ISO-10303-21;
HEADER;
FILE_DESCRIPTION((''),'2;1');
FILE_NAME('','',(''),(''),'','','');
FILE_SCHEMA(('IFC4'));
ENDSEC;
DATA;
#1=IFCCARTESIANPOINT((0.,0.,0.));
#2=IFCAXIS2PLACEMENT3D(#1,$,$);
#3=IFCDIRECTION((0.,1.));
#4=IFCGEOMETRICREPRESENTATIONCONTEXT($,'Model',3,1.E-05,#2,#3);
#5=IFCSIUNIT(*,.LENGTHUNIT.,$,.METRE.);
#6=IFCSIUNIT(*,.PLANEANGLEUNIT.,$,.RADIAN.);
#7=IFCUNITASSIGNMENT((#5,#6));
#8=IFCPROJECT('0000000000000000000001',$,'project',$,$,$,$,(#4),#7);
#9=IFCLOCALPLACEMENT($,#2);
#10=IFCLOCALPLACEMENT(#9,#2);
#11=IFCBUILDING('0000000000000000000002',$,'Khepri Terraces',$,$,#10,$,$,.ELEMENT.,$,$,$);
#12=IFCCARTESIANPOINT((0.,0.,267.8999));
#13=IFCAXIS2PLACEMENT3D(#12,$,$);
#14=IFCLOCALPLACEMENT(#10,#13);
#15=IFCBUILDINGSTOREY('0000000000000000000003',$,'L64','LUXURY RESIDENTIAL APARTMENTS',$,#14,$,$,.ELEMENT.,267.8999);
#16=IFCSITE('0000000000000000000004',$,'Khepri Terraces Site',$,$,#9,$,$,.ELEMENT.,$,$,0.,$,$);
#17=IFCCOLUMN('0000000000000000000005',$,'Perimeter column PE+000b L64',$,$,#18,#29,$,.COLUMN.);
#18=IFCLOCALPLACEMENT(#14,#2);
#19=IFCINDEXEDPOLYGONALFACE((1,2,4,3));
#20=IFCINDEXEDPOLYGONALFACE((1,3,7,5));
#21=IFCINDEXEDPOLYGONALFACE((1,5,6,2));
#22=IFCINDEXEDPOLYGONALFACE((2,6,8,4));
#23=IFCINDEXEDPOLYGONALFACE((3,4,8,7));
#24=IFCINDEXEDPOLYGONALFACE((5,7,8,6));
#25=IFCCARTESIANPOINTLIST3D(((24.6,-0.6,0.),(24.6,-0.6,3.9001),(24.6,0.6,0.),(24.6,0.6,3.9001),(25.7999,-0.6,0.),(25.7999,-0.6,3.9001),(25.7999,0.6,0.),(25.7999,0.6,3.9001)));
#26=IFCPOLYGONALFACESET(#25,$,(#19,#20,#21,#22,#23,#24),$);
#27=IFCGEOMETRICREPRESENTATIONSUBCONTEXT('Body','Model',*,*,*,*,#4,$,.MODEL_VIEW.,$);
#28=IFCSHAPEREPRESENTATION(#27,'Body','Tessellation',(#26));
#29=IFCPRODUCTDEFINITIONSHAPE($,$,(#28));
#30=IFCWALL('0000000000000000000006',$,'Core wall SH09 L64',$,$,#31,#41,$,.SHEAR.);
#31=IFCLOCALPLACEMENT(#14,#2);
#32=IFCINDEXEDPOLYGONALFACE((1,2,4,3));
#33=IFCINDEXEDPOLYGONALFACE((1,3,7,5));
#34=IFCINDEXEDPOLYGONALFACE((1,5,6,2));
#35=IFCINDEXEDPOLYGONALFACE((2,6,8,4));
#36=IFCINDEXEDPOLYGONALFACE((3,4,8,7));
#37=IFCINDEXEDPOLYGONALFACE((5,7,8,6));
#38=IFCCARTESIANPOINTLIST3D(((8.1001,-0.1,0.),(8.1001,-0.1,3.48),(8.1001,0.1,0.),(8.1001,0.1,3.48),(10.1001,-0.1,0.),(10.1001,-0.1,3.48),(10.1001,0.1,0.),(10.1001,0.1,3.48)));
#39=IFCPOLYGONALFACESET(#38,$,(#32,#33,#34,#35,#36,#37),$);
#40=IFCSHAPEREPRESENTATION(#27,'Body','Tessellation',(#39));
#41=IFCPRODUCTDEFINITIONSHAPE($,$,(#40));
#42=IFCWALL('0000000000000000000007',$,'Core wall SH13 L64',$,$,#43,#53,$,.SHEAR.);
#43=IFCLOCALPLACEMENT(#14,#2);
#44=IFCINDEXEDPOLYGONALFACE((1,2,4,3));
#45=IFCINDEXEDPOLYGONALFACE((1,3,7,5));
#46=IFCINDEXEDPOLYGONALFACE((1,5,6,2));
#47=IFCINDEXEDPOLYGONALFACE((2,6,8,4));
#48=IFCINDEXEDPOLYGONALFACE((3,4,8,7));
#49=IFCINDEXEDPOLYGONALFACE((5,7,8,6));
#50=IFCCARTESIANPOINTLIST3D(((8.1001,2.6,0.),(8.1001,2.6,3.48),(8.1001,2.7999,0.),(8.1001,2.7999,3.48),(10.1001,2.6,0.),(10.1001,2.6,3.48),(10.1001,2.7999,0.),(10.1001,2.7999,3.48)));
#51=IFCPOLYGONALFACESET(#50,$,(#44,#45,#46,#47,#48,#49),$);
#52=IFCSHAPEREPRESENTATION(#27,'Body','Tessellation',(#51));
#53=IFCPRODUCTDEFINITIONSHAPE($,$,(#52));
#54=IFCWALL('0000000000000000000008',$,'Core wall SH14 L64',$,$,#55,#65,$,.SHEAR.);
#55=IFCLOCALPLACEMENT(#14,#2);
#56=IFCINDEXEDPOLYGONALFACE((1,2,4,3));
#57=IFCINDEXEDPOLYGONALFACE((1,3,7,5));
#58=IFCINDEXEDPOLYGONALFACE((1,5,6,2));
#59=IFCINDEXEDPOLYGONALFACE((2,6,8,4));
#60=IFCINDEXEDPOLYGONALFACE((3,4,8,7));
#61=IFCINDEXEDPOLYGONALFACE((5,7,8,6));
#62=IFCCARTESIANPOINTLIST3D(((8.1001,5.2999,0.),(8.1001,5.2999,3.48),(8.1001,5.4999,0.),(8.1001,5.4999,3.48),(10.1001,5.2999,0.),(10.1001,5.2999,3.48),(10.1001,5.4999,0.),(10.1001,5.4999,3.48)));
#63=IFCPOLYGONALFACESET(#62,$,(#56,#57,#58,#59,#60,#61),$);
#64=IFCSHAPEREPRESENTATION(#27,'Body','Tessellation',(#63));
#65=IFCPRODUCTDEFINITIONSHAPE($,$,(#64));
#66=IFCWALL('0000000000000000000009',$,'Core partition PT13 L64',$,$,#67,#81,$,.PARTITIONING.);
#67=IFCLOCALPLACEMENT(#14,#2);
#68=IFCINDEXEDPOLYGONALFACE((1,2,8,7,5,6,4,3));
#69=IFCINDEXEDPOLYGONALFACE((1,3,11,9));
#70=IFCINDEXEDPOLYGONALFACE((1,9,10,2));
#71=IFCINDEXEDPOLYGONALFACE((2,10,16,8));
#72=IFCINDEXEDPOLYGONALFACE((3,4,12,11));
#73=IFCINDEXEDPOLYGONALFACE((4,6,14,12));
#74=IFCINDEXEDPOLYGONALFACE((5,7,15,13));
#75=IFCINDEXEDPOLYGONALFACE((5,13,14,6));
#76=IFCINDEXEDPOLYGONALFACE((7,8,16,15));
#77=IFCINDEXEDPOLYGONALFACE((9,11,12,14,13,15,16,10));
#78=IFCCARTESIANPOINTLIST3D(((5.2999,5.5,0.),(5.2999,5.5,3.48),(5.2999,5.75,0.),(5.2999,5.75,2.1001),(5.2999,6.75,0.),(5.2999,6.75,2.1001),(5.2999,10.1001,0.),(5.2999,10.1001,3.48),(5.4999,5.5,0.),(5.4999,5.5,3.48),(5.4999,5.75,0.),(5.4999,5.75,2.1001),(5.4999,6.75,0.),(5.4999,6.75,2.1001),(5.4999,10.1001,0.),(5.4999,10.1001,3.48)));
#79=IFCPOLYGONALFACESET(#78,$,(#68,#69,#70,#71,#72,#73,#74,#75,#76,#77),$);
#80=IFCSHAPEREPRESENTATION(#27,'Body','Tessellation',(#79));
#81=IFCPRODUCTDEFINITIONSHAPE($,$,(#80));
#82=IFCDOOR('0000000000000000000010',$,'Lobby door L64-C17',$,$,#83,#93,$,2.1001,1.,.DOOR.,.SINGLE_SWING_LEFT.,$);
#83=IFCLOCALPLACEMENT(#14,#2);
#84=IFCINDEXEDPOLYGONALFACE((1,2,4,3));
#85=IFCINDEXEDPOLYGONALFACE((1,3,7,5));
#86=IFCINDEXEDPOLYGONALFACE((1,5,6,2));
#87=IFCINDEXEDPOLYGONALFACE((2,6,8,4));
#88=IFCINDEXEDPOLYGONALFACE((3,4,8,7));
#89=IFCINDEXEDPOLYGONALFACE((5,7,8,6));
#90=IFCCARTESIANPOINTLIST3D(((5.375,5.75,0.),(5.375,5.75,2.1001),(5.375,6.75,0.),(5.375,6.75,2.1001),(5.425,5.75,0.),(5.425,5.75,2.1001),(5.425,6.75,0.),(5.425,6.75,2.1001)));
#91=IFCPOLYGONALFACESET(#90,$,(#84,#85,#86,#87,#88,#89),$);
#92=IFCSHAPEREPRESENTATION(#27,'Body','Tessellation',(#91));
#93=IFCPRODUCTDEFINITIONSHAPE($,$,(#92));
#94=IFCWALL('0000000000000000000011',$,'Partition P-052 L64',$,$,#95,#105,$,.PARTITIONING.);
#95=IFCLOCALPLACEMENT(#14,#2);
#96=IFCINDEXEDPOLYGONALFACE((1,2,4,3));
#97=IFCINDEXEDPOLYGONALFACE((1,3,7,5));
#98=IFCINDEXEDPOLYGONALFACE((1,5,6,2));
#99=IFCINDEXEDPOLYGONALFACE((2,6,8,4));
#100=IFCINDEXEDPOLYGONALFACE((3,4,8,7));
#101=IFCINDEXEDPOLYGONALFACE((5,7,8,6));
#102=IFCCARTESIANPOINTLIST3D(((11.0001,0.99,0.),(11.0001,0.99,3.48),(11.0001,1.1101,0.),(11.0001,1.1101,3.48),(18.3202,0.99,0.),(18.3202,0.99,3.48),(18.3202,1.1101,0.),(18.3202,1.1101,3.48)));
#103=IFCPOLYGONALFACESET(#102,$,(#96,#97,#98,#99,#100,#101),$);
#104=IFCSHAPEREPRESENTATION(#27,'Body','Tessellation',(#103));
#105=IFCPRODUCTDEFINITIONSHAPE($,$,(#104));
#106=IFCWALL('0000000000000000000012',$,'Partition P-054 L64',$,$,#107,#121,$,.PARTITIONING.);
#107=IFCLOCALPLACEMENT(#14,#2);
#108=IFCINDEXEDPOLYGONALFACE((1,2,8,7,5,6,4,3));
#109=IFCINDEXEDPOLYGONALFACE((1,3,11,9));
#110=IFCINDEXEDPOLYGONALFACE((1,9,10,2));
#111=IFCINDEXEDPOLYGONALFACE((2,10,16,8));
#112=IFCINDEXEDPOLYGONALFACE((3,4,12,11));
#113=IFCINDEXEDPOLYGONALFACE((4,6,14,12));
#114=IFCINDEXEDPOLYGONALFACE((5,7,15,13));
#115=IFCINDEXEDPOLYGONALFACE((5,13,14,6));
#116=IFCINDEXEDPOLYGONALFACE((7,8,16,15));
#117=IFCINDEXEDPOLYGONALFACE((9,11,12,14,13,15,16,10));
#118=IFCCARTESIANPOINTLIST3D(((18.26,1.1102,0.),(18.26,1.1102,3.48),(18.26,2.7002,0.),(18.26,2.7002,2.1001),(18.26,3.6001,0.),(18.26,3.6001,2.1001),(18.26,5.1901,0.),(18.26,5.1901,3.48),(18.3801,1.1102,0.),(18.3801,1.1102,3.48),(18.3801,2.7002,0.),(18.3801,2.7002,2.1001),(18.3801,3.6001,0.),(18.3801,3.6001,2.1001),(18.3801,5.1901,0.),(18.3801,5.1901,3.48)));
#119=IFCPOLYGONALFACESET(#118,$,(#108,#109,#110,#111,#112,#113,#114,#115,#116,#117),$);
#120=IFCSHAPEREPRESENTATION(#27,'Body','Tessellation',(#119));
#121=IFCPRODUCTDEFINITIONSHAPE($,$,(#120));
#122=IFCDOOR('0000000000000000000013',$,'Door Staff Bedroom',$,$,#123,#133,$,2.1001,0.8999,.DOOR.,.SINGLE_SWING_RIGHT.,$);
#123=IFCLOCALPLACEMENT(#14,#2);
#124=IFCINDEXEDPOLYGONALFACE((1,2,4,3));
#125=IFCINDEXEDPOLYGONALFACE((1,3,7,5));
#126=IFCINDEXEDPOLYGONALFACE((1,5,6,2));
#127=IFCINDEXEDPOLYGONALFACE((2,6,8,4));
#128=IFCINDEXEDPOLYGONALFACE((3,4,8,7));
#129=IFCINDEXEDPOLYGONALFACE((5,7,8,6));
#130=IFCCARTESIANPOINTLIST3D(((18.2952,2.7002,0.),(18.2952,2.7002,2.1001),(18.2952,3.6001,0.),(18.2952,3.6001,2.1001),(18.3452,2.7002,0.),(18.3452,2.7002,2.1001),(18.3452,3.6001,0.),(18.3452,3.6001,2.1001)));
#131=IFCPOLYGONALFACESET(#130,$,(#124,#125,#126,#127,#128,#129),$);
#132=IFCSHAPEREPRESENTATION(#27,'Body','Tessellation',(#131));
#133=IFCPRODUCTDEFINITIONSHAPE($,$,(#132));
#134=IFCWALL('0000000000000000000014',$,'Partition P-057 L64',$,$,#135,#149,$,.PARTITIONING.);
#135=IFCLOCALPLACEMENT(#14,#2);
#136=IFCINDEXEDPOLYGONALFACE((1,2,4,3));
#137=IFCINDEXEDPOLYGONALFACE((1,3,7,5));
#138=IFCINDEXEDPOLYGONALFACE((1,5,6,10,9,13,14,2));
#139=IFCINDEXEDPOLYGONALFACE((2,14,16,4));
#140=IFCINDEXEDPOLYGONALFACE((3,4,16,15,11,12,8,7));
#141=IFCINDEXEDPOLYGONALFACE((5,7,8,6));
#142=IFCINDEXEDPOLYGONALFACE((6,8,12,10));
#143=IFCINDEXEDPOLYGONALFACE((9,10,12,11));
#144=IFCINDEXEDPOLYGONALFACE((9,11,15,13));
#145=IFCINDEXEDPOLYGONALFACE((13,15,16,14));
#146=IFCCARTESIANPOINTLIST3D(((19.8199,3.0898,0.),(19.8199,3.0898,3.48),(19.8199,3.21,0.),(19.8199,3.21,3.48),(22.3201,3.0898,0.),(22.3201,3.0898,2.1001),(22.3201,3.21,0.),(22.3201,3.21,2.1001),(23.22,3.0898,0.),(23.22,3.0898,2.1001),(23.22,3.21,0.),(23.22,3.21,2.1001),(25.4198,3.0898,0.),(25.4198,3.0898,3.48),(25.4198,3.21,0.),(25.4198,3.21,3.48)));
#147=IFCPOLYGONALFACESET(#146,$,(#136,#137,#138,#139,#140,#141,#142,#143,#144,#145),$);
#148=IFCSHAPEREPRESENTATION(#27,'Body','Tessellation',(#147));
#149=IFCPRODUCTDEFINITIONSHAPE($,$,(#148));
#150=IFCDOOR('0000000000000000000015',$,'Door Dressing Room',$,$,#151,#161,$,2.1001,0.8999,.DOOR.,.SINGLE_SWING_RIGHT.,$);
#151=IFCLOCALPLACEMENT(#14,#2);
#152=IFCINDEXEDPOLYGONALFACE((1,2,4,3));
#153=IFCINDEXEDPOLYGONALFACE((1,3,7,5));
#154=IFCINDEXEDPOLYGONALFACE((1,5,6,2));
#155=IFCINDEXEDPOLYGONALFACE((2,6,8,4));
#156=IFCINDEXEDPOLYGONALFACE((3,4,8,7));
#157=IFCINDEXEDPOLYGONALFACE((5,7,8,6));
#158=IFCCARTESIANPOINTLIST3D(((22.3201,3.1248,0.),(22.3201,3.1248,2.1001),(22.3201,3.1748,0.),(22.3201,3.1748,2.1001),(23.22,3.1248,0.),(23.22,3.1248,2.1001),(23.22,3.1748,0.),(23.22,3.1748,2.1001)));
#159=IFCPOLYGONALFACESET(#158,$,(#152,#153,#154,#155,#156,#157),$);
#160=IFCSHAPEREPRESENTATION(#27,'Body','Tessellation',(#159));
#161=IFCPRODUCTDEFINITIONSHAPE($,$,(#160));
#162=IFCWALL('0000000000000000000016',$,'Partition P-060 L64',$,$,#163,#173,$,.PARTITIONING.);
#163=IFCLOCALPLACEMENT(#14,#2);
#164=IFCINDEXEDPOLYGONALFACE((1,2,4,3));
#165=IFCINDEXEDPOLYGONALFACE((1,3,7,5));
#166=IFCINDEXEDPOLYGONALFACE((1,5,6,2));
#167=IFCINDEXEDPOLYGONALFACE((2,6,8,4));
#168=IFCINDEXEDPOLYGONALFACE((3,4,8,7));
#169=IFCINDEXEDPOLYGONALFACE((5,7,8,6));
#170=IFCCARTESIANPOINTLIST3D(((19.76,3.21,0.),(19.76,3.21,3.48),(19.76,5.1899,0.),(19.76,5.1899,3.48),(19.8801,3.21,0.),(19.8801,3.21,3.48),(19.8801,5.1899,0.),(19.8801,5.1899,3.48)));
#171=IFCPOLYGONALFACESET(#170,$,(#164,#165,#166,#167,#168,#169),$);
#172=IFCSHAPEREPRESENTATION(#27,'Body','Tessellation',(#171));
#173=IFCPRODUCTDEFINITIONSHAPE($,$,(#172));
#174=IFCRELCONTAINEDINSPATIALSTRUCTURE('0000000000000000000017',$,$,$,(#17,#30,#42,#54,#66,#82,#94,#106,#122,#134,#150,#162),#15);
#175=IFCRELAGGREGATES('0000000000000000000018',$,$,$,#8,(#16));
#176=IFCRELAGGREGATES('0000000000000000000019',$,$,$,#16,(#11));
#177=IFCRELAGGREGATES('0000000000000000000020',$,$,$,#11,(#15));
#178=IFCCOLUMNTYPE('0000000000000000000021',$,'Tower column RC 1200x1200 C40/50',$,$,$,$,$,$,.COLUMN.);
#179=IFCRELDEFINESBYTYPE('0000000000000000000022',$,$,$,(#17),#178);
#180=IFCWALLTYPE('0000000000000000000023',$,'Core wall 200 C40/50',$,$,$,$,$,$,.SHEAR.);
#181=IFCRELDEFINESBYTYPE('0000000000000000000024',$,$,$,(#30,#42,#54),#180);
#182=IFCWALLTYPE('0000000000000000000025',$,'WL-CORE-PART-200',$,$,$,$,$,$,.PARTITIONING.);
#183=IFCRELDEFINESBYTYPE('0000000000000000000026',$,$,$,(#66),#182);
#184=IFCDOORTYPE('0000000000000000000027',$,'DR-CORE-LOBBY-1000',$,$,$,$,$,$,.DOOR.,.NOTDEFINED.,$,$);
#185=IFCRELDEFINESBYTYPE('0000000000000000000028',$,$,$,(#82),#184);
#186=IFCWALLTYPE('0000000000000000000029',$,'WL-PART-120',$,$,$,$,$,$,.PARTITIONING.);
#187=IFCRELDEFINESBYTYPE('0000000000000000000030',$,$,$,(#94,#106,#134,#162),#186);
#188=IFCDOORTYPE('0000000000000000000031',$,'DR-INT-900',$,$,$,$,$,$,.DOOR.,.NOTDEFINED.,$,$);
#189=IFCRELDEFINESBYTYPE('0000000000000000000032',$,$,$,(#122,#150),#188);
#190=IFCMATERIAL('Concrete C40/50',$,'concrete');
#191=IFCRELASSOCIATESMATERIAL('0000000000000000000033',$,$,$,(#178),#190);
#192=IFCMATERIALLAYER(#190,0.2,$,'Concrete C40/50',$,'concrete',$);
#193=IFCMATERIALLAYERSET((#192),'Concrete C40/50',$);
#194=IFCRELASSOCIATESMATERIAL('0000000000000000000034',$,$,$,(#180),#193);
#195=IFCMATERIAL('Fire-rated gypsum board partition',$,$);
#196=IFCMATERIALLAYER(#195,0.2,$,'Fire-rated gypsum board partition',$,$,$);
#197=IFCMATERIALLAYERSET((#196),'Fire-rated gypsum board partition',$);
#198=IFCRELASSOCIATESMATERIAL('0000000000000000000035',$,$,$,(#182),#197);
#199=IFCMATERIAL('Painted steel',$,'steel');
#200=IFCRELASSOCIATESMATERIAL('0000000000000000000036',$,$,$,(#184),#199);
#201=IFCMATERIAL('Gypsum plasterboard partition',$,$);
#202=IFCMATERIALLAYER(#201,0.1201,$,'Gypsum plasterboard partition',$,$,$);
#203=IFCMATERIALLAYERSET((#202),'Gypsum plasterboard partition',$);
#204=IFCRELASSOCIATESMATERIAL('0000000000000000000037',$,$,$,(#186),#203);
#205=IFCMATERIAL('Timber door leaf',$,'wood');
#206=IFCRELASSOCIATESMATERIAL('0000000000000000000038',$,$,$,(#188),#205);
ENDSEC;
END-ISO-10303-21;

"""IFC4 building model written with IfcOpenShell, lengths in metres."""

from ifc_helpers import new_model, si_unit, direction, frame, frame_2d, origin, origin_2d, place, context, subcontext, project, spatial, rectangle, extrude, material, layer, layer_set, material_profile, profile_set, type_object, element, fill, save


model = new_model("IFC4")

# Units and contexts
model_context = context("Model", 3, precision=1e-05, world=origin(), true_north=direction((0.0, 1.0)))
body_context = subcontext(model_context, "Body", "Model", "MODEL_VIEW")
ifc_project = project(units=[si_unit("LENGTHUNIT", "METRE"), si_unit("PLANEANGLEUNIT", "RADIAN")], contexts=[model_context])

# Site, building, storey
site_placement = place(None, origin())
site = spatial("IfcSite", under=ifc_project, at=site_placement, Name="Khepri Terraces Site", CompositionType="ELEMENT", RefElevation=0.0)
building_placement = place(site_placement, origin())
building = spatial("IfcBuilding", under=site, at=building_placement, Name="Khepri Terraces", CompositionType="ELEMENT")
storey_placement = place(building_placement, frame((0.0, 0.0, 267.8999)))
storey = spatial("IfcBuildingStorey", under=building, at=storey_placement, Name="L64", Description="LUXURY RESIDENTIAL APARTMENTS", CompositionType="ELEMENT", Elevation=267.8999)

# Column
ifc_material_1 = material(Name="Concrete C40/50", Category="concrete")
ifc_material_profile = material_profile(ifc_material_1, rectangle(XDim=1.2, YDim=1.2, at=origin_2d()), Name="Concrete C40/50", Category="concrete")
ifc_profile_set = profile_set([ifc_material_profile], Name="Concrete C40/50")
column_type = type_object("IfcColumnType", Name="Tower column RC 1200x1200 C40/50", PredefinedType="COLUMN", material=ifc_profile_set)
column_placement = place(storey_placement, frame((25.2, 0.0, 0.0), z_axis=(0.0, 0.0, 1.0), x_axis=(1.0, 0.0, 0.0)))
element("IfcColumn", 1, at=column_placement, inside=storey, type_object=column_type, Name="Perimeter column PE+000b L64", PredefinedType="COLUMN", context=body_context, shape_type="SweptSolid", body=[
    extrude(rectangle(XDim=1.2, YDim=1.2, at=origin_2d()), origin(), (0.0, 0.0, 1.0), 3.9001),
])

# Walls
ifc_layer_1 = layer(ifc_material_1, 0.2, Name="Concrete C40/50", Category="concrete")
ifc_layer_set_1 = layer_set([ifc_layer_1], Name="Concrete C40/50")
wall_type_1 = type_object("IfcWallType", Name="Core wall 200 C40/50", PredefinedType="SHEAR", material=ifc_layer_set_1)
for number, where, z_axis, x_axis, name in (
    (2, (8.1001, 0.0, 0.0), (0.0, 0.0, 1.0), (1.0, 0.0, 0.0), "Core wall SH09 L64"),
    (3, (8.1001, 2.7, 0.0), (0.0, 0.0, 1.0), (1.0, 0.0, 0.0), "Core wall SH13 L64"),
    (4, (8.1001, 5.3999, 0.0), (0.0, 0.0, 1.0), (1.0, 0.0, 0.0), "Core wall SH14 L64"),
):
    element("IfcWall", number, at=place(storey_placement, frame(where, z_axis=z_axis, x_axis=x_axis)), inside=storey, type_object=wall_type_1, Name=name, PredefinedType="SHEAR", context=body_context, shape_type="SweptSolid", body=[
        extrude(rectangle(XDim=2.0, YDim=0.2, at=frame_2d((1.0, 0.0))), origin(), (0.0, 0.0, 1.0), 3.48),
    ])

# Wall, opening, door
ifc_material_2 = material(Name="Fire-rated gypsum board partition")
ifc_layer_2 = layer(ifc_material_2, 0.2, Name="Fire-rated gypsum board partition")
ifc_layer_set_2 = layer_set([ifc_layer_2], Name="Fire-rated gypsum board partition")
wall_type_2 = type_object("IfcWallType", Name="WL-CORE-PART-200", PredefinedType="PARTITIONING", material=ifc_layer_set_2)
wall_1_placement = place(storey_placement, frame((5.3999, 5.5, 0.0), z_axis=(0.0, 0.0, 1.0), x_axis=(0.0, 1.0, 0.0)))
wall_1 = element("IfcWall", 5, at=wall_1_placement, inside=storey, type_object=wall_type_2, Name="Core partition PT13 L64", PredefinedType="PARTITIONING", context=body_context, shape_type="SweptSolid", body=[
    extrude(rectangle(XDim=4.6001, YDim=0.2, at=frame_2d((2.3, 0.0))), origin(), (0.0, 0.0, 1.0), 3.48),
])
opening_1_placement = place(wall_1_placement, frame((0.25, 0.0, 0.0)))
opening_1 = element("IfcOpeningElement", 6, at=opening_1_placement, cuts=wall_1, PredefinedType="OPENING", context=body_context, shape_type="SweptSolid", body=[
    extrude(rectangle(XDim=1.0, YDim=2.1001, at=frame_2d((0.5, 1.05))), frame((0.0, 0.1099, 0.0), z_axis=(0.0, -1.0, 0.0), x_axis=(1.0, 0.0, 0.0)), (0.0, 0.0, 1.0), 0.22),
])
ifc_material_3 = material(Name="Painted steel", Category="steel")
door_type_1 = type_object("IfcDoorType", Name="DR-CORE-LOBBY-1000", OperationType="NOTDEFINED", PredefinedType="DOOR", material=ifc_material_3)
door_1_placement = place(opening_1_placement, origin())
door_1 = element("IfcDoor", 7, at=door_1_placement, inside=storey, type_object=door_type_1, Name="Lobby door L64-C17", OperationType="SINGLE_SWING_LEFT", OverallHeight=2.1001, OverallWidth=1.0, PredefinedType="DOOR", context=body_context, shape_type="SweptSolid", body=[
    extrude(rectangle(XDim=1.0, YDim=2.1001, at=frame_2d((0.5, 1.05))), frame((0.0, 0.0249, 0.0), z_axis=(0.0, -1.0, 0.0), x_axis=(1.0, 0.0, 0.0)), (0.0, 0.0, 1.0), 0.05),
])
fill(opening_1, door_1)

# Wall
ifc_material_4 = material(Name="Gypsum plasterboard partition")
ifc_layer_3 = layer(ifc_material_4, 0.1201, Name="Gypsum plasterboard partition")
ifc_layer_set_3 = layer_set([ifc_layer_3], Name="Gypsum plasterboard partition")
wall_type_3 = type_object("IfcWallType", Name="WL-PART-120", PredefinedType="PARTITIONING", material=ifc_layer_set_3)
wall_2_placement = place(storey_placement, frame((11.0, 1.05, 0.0), z_axis=(0.0, 0.0, 1.0), x_axis=(1.0, 0.0, 0.0)))
element("IfcWall", 8, at=wall_2_placement, inside=storey, type_object=wall_type_3, Name="Partition P-052 L64", PredefinedType="PARTITIONING", context=body_context, shape_type="SweptSolid", body=[
    extrude(rectangle(XDim=7.3201, YDim=0.1201, at=frame_2d((3.6602, 0.0))), origin(), (0.0, 0.0, 1.0), 3.48),
])

# Walls, openings, doors
wall_3_placement = place(storey_placement, frame((18.3201, 1.1101, 0.0), z_axis=(0.0, 0.0, 1.0), x_axis=(0.0, 1.0, 0.0)))
wall_3 = element("IfcWall", 9, at=wall_3_placement, inside=storey, type_object=wall_type_3, Name="Partition P-054 L64", PredefinedType="PARTITIONING", context=body_context, shape_type="SweptSolid", body=[
    extrude(rectangle(XDim=4.0798, YDim=0.1201, at=frame_2d((2.04, 0.0))), origin(), (0.0, 0.0, 1.0), 3.48),
])
opening_2_placement = place(wall_3_placement, frame((1.5901, 0.0, 0.0)))
opening_2 = element("IfcOpeningElement", 10, at=opening_2_placement, cuts=wall_3, PredefinedType="OPENING", context=body_context, shape_type="SweptSolid", body=[
    extrude(rectangle(XDim=0.8999, YDim=2.1001, at=frame_2d((0.45, 1.05))), frame((0.0, 0.0701, 0.0), z_axis=(0.0, -1.0, 0.0), x_axis=(1.0, 0.0, 0.0)), (0.0, 0.0, 1.0), 0.1401),
])
ifc_material_5 = material(Name="Timber door leaf", Category="wood")
door_type_2 = type_object("IfcDoorType", Name="DR-INT-900", OperationType="NOTDEFINED", PredefinedType="DOOR", material=ifc_material_5)
door_2_placement = place(opening_2_placement, origin())
door_2 = element("IfcDoor", 11, at=door_2_placement, inside=storey, type_object=door_type_2, Name="Door Staff Bedroom", OperationType="SINGLE_SWING_RIGHT", OverallHeight=2.1001, OverallWidth=0.8999, PredefinedType="DOOR", context=body_context, shape_type="SweptSolid", body=[
    extrude(rectangle(XDim=0.8999, YDim=2.1001, at=frame_2d((0.45, 1.05))), frame((0.0, 0.0249, 0.0), z_axis=(0.0, -1.0, 0.0), x_axis=(1.0, 0.0, 0.0)), (0.0, 0.0, 1.0), 0.05),
])
fill(opening_2, door_2)
wall_4_placement = place(storey_placement, frame((19.8201, 3.1499, 0.0), z_axis=(0.0, 0.0, 1.0), x_axis=(1.0, 0.0, 0.0)))
wall_4 = element("IfcWall", 12, at=wall_4_placement, inside=storey, type_object=wall_type_3, Name="Partition P-057 L64", PredefinedType="PARTITIONING", context=body_context, shape_type="SweptSolid", body=[
    extrude(rectangle(XDim=5.5999, YDim=0.1201, at=frame_2d((2.7998, 0.0))), origin(), (0.0, 0.0, 1.0), 3.48),
])
opening_3_placement = place(wall_4_placement, frame((2.5, 0.0, 0.0)))
opening_3 = element("IfcOpeningElement", 13, at=opening_3_placement, cuts=wall_4, PredefinedType="OPENING", context=body_context, shape_type="SweptSolid", body=[
    extrude(rectangle(XDim=0.8999, YDim=2.1001, at=frame_2d((0.45, 1.05))), frame((0.0, 0.0701, 0.0), z_axis=(0.0, -1.0, 0.0), x_axis=(1.0, 0.0, 0.0)), (0.0, 0.0, 1.0), 0.1401),
])
door_3_placement = place(opening_3_placement, origin())
door_3 = element("IfcDoor", 14, at=door_3_placement, inside=storey, type_object=door_type_2, Name="Door Dressing Room", OperationType="SINGLE_SWING_RIGHT", OverallHeight=2.1001, OverallWidth=0.8999, PredefinedType="DOOR", context=body_context, shape_type="SweptSolid", body=[
    extrude(rectangle(XDim=0.8999, YDim=2.1001, at=frame_2d((0.45, 1.05))), frame((0.0, 0.0249, 0.0), z_axis=(0.0, -1.0, 0.0), x_axis=(1.0, 0.0, 0.0)), (0.0, 0.0, 1.0), 0.05),
])
fill(opening_3, door_3)

# Wall
wall_5_placement = place(storey_placement, frame((19.8201, 3.21, 0.0), z_axis=(0.0, 0.0, 1.0), x_axis=(0.0, 1.0, 0.0)))
element("IfcWall", 15, at=wall_5_placement, inside=storey, type_object=wall_type_3, Name="Partition P-060 L64", PredefinedType="PARTITIONING", context=body_context, shape_type="SweptSolid", body=[
    extrude(rectangle(XDim=1.98, YDim=0.1201, at=frame_2d((0.99, 0.0))), origin(), (0.0, 0.0, 1.0), 3.48),
])

save(model, "model.ifc")
